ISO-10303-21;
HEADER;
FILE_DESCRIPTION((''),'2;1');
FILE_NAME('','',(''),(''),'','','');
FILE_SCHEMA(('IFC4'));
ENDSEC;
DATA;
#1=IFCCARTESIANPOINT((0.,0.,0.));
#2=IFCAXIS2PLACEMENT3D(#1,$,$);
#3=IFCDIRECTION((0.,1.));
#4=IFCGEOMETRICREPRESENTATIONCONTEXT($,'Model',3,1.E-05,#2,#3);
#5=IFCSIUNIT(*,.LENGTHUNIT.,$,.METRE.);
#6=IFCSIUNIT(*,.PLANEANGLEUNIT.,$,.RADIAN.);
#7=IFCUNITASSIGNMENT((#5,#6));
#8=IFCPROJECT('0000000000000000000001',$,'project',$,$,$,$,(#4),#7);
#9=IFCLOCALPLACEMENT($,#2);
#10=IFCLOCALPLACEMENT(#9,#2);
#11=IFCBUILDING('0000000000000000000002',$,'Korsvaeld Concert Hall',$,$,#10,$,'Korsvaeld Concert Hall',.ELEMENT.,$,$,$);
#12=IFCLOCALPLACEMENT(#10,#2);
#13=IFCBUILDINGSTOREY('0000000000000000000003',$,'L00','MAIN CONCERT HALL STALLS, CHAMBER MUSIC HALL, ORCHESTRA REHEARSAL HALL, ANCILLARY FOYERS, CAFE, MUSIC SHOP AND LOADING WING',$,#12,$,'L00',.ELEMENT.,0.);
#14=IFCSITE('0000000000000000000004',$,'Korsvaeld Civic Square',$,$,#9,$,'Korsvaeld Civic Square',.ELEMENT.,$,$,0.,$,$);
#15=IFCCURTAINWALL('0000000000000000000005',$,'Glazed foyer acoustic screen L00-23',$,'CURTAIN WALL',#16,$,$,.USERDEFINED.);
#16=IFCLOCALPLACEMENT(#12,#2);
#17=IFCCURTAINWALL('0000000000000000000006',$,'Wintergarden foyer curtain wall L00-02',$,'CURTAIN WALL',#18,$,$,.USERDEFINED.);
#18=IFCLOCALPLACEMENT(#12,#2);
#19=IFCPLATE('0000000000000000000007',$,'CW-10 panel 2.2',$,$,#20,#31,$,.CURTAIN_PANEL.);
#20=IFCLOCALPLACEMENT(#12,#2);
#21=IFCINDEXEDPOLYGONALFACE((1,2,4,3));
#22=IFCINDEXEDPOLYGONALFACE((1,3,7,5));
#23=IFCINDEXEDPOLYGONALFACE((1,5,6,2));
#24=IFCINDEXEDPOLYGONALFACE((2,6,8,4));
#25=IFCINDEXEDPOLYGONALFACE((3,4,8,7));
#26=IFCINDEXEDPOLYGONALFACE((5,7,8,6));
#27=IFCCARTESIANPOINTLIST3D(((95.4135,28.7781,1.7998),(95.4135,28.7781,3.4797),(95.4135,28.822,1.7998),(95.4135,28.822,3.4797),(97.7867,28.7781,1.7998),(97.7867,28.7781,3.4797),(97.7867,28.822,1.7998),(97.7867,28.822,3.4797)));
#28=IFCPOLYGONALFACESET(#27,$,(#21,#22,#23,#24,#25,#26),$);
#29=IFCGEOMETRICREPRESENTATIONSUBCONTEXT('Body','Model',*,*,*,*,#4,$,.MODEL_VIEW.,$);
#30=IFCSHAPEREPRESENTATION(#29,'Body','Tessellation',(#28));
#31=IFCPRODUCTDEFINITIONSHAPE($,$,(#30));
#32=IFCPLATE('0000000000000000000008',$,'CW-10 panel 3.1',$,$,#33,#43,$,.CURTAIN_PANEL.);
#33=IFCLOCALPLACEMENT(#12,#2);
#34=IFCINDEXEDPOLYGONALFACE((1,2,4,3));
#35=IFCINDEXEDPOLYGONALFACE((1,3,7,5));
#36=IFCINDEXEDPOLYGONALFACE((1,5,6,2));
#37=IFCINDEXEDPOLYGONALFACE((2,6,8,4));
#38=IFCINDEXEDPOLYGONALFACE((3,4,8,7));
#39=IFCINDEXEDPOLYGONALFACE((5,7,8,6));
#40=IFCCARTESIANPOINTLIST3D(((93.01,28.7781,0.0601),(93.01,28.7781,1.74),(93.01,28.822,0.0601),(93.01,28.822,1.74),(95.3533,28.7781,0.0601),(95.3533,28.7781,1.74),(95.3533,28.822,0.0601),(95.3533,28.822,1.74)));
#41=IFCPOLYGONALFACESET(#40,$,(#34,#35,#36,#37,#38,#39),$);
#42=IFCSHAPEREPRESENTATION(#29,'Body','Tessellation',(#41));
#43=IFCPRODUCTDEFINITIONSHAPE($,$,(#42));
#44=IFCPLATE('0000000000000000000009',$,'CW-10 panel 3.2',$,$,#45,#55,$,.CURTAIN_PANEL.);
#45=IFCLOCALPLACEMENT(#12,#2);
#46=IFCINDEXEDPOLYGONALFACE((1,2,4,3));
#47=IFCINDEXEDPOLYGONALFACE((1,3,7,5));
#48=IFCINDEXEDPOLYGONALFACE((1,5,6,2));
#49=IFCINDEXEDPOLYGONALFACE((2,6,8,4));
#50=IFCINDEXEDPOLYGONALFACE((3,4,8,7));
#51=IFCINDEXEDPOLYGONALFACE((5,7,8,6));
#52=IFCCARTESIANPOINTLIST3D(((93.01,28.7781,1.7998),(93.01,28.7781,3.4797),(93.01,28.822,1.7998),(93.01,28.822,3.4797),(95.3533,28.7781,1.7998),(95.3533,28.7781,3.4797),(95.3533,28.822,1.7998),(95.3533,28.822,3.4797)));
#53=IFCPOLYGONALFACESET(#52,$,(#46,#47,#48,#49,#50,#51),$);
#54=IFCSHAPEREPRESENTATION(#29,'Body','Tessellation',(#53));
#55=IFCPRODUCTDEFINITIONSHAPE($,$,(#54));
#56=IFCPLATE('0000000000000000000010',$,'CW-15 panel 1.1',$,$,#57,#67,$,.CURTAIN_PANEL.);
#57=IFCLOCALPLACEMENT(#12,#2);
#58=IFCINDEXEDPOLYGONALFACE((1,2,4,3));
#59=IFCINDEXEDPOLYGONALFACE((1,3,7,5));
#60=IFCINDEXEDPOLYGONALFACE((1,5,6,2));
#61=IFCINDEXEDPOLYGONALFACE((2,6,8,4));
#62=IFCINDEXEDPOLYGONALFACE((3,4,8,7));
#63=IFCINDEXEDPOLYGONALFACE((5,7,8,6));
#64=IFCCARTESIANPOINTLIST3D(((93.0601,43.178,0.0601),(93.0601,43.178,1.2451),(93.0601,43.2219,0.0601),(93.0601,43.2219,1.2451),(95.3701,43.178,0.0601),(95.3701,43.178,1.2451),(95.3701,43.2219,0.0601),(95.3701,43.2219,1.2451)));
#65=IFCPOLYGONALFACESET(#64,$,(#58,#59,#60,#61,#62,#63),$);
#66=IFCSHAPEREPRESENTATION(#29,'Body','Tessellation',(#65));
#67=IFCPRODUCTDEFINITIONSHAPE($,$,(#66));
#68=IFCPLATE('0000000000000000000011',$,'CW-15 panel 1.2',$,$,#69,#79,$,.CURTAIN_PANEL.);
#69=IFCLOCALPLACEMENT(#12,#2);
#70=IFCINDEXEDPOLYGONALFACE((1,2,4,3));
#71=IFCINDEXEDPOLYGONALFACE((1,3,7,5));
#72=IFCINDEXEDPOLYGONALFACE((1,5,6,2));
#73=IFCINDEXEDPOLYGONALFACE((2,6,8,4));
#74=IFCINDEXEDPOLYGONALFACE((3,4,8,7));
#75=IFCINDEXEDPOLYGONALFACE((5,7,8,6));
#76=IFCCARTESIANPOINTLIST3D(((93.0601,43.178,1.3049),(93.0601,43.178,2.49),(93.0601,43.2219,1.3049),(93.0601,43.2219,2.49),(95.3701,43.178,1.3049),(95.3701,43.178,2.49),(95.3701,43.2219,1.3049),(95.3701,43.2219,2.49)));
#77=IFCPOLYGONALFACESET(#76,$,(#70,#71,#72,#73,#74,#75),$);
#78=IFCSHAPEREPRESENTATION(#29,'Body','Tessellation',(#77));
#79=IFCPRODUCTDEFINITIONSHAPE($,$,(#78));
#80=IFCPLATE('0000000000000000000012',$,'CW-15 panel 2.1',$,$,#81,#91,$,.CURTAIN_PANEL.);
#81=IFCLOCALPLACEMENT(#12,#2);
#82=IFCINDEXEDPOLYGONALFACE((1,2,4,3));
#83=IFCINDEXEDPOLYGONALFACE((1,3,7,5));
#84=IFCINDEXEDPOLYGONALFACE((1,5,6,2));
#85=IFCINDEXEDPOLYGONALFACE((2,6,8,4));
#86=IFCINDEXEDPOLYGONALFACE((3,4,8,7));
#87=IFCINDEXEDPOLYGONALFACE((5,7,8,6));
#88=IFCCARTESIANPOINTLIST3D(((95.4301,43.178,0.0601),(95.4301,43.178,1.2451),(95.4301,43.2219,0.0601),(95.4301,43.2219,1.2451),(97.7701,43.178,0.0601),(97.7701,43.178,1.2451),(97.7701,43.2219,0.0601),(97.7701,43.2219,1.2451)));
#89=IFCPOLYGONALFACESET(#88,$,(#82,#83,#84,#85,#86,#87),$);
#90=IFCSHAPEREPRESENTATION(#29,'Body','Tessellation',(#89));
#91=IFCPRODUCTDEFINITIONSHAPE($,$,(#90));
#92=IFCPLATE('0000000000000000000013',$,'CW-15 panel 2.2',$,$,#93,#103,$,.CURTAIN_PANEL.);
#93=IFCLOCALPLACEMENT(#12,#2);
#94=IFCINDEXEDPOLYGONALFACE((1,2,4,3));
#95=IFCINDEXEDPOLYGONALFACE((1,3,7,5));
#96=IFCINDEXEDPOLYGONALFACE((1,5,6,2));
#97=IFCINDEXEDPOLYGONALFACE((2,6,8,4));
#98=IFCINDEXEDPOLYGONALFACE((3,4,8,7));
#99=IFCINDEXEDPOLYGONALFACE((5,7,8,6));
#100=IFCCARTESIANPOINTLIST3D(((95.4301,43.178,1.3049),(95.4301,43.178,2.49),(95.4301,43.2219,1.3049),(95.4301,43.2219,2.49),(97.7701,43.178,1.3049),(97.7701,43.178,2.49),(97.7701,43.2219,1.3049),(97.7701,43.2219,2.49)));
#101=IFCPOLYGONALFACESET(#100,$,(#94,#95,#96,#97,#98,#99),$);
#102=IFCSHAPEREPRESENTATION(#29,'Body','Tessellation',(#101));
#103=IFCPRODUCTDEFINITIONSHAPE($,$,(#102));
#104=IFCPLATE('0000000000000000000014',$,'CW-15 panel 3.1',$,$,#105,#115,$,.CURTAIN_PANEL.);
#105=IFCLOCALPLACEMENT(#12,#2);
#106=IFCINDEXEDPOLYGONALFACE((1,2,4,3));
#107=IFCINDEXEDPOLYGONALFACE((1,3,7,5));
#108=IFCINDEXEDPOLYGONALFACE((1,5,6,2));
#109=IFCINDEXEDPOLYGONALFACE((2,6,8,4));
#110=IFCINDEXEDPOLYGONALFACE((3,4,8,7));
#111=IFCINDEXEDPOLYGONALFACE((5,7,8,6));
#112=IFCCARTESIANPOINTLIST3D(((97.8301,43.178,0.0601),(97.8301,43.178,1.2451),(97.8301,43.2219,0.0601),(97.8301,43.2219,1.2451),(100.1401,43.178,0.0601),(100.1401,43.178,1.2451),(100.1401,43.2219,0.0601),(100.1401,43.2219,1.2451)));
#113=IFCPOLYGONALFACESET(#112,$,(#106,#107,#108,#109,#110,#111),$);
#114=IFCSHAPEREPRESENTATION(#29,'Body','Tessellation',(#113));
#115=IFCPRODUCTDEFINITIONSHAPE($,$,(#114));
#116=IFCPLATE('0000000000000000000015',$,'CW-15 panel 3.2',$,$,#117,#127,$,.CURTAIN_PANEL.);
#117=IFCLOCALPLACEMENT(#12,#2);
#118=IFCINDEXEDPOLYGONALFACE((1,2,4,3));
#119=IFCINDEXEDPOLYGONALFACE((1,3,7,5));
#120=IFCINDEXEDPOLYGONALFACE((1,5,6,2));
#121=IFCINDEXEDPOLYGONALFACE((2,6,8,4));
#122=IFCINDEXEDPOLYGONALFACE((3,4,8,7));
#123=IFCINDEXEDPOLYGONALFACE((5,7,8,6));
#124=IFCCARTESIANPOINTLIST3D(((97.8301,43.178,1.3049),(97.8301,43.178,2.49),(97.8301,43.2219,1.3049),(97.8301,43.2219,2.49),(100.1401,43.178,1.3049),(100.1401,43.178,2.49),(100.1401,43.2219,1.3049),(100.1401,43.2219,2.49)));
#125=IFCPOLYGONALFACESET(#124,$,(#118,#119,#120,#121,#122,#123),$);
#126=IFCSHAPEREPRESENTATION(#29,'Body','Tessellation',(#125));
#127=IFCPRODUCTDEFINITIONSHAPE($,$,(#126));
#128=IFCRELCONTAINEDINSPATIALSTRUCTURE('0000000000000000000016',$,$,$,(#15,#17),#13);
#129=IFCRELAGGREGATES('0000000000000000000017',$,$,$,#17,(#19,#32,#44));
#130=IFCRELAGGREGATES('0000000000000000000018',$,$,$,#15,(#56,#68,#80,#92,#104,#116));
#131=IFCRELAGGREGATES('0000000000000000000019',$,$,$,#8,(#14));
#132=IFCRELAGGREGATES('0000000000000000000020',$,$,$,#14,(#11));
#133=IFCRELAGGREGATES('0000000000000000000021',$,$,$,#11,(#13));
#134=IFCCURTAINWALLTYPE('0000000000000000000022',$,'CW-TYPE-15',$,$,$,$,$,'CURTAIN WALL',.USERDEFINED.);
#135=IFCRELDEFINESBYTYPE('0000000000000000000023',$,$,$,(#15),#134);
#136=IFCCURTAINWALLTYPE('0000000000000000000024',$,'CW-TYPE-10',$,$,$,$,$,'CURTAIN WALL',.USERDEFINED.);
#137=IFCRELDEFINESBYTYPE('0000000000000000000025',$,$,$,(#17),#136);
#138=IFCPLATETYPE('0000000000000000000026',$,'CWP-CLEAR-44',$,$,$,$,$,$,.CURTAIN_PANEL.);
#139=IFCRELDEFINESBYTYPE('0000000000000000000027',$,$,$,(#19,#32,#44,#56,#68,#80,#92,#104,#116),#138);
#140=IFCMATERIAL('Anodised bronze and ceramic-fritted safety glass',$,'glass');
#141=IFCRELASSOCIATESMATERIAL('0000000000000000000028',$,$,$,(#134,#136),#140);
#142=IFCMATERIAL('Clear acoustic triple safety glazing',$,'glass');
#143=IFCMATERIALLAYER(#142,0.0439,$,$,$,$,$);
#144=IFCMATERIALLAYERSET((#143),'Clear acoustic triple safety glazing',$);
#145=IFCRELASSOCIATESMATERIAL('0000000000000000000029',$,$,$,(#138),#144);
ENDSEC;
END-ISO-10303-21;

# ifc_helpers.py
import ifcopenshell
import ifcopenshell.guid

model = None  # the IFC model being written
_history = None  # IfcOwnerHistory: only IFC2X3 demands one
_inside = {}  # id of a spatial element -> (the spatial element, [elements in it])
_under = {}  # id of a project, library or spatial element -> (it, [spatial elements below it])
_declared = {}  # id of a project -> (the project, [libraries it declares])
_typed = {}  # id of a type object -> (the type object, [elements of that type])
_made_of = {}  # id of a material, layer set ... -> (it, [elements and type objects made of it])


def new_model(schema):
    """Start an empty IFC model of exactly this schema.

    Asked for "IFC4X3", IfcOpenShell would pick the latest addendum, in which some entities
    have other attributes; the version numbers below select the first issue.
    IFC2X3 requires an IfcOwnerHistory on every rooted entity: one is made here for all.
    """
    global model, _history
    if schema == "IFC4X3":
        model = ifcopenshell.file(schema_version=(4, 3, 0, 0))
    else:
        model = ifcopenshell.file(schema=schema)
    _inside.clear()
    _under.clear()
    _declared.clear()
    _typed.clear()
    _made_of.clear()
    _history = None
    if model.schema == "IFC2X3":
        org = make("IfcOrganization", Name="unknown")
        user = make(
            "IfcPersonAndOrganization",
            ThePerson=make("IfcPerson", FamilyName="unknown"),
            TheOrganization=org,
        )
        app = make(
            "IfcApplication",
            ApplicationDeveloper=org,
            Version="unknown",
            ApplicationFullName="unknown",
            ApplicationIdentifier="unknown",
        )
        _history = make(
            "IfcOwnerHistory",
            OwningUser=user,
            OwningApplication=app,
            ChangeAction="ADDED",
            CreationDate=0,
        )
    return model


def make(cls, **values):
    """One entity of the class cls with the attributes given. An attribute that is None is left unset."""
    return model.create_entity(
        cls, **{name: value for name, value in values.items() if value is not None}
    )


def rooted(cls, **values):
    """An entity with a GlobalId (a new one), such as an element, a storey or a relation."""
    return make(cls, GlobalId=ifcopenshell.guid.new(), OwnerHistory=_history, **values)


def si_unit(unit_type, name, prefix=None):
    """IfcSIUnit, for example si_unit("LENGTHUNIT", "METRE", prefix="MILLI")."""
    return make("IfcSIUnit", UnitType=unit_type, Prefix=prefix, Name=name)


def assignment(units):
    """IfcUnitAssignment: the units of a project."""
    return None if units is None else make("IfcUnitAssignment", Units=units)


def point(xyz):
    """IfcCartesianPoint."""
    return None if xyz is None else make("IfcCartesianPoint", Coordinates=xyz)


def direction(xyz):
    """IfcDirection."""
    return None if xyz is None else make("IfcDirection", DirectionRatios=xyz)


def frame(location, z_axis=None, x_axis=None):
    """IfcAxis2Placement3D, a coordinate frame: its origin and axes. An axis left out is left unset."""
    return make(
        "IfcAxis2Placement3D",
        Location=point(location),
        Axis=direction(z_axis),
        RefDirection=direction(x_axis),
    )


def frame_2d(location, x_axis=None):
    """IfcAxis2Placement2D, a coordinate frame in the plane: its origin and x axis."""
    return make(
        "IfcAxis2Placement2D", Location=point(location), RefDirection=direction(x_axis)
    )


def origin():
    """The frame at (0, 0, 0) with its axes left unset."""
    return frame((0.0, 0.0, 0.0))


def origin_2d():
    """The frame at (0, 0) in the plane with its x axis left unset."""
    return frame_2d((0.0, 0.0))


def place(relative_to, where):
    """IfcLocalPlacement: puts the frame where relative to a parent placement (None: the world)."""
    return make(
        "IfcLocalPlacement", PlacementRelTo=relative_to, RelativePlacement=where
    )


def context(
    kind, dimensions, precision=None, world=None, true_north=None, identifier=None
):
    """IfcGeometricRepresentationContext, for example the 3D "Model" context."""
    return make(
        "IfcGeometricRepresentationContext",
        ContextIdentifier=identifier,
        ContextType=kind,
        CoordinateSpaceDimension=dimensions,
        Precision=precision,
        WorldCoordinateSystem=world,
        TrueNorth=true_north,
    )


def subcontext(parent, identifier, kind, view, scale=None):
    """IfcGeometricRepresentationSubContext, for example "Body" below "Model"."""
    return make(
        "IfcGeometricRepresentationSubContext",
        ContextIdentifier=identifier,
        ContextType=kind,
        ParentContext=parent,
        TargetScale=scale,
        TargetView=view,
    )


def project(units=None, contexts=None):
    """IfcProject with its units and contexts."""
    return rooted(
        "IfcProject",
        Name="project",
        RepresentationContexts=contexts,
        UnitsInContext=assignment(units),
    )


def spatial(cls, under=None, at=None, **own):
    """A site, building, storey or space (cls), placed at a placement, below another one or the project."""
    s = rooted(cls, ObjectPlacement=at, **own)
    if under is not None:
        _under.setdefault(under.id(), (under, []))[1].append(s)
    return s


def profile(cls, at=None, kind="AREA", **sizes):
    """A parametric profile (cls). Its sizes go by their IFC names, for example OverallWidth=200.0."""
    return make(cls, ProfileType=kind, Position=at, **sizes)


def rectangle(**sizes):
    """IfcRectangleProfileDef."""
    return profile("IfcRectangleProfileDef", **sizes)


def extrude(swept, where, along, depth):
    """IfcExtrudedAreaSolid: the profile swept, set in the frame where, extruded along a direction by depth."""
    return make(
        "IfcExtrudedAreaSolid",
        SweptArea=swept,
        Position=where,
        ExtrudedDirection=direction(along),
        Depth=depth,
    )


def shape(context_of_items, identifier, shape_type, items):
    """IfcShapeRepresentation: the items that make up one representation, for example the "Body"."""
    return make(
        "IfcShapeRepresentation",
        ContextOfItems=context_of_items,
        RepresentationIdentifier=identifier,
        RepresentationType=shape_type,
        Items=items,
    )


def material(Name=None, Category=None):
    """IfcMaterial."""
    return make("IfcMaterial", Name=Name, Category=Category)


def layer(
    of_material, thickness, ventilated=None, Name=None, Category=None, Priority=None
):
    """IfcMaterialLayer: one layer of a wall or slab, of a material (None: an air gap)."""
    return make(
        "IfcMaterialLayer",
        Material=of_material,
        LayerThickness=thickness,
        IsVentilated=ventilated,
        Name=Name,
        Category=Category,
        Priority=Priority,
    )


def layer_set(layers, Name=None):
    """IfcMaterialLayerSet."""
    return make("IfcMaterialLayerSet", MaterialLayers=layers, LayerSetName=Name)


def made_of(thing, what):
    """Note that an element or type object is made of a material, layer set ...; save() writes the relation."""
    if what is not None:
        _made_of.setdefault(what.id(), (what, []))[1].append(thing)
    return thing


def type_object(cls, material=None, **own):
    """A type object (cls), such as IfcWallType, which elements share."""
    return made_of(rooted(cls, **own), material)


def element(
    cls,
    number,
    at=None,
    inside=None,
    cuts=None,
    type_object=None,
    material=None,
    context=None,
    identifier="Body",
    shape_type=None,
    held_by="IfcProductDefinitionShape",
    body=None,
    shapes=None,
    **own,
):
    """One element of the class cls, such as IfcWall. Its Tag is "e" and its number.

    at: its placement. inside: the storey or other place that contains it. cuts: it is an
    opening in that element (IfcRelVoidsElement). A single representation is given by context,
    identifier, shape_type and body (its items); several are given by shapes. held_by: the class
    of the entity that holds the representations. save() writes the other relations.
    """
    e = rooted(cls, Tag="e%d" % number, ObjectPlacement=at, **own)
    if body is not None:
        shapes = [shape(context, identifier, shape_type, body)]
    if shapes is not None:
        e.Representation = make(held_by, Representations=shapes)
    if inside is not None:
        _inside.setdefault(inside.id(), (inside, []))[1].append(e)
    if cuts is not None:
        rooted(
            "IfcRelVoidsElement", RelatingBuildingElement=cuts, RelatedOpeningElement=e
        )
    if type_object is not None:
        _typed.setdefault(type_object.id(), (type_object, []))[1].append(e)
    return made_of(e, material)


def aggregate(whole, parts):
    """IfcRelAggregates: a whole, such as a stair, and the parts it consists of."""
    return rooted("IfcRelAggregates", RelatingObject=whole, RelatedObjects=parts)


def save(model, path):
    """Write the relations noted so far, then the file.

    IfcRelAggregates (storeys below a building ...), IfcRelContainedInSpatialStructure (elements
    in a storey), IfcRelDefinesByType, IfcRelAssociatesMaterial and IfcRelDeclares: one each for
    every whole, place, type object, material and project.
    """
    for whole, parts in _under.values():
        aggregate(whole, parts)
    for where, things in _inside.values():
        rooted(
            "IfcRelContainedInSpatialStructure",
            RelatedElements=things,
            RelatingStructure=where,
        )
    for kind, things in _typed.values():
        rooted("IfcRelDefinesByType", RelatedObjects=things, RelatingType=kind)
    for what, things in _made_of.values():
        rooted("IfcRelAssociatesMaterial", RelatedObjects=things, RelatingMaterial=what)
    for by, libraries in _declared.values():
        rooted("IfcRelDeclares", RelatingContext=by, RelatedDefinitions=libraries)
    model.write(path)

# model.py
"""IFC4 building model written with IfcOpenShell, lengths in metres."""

from ifc_helpers import new_model, si_unit, direction, frame, origin, origin_2d, place, context, subcontext, project, spatial, rectangle, extrude, material, layer, layer_set, type_object, element, aggregate, save


model = new_model("IFC4")

# Units and contexts
model_context = context("Model", 3, precision=1e-05, world=origin(), true_north=direction((0.0, 1.0)))
body_context = subcontext(model_context, "Body", "Model", "MODEL_VIEW")
ifc_project = project(units=[si_unit("LENGTHUNIT", "METRE"), si_unit("PLANEANGLEUNIT", "RADIAN")], contexts=[model_context])

# Site, building, storey
site_placement = place(None, origin())
site = spatial("IfcSite", under=ifc_project, at=site_placement, Name="Korsvaeld Civic Square", LongName="Korsvaeld Civic Square", CompositionType="ELEMENT", RefElevation=0.0)
building_placement = place(site_placement, origin())
building = spatial("IfcBuilding", under=site, at=building_placement, Name="Korsvaeld Concert Hall", LongName="Korsvaeld Concert Hall", CompositionType="ELEMENT")
storey_placement = place(building_placement, origin())
storey = spatial("IfcBuildingStorey", under=building, at=storey_placement, Name="L00", Description="MAIN CONCERT HALL STALLS, CHAMBER MUSIC HALL, ORCHESTRA REHEARSAL HALL, ANCILLARY FOYERS, CAFE, MUSIC SHOP AND LOADING WING", LongName="L00", CompositionType="ELEMENT", Elevation=0.0)

# Curtain walls
ifc_material_1 = material(Name="Anodised bronze and ceramic-fritted safety glass", Category="glass")
curtain_wall_type_1 = type_object("IfcCurtainWallType", Name="CW-TYPE-15", ElementType="CURTAIN WALL", PredefinedType="USERDEFINED", material=ifc_material_1)
curtain_wall_1_placement = place(storey_placement, origin())
curtain_wall_1 = element("IfcCurtainWall", 1, at=curtain_wall_1_placement, inside=storey, type_object=curtain_wall_type_1, Name="Glazed foyer acoustic screen L00-23", ObjectType="CURTAIN WALL", PredefinedType="USERDEFINED")
curtain_wall_type_2 = type_object("IfcCurtainWallType", Name="CW-TYPE-10", ElementType="CURTAIN WALL", PredefinedType="USERDEFINED", material=ifc_material_1)
curtain_wall_2_placement = place(storey_placement, origin())
curtain_wall_2 = element("IfcCurtainWall", 2, at=curtain_wall_2_placement, inside=storey, type_object=curtain_wall_type_2, Name="Wintergarden foyer curtain wall L00-02", ObjectType="CURTAIN WALL", PredefinedType="USERDEFINED")

# Plates
ifc_material_2 = material(Name="Clear acoustic triple safety glazing", Category="glass")
ifc_layer = layer(ifc_material_2, 0.0439)
ifc_layer_set = layer_set([ifc_layer], Name="Clear acoustic triple safety glazing")
plate_type = type_object("IfcPlateType", Name="CWP-CLEAR-44", PredefinedType="CURTAIN_PANEL", material=ifc_layer_set)
plate_1_placement = place(storey_placement, frame((96.6001, 28.8, 1.7998), z_axis=(0.0, 0.0, 1.0), x_axis=(-1.0, 0.0, 0.0)))
plate_1 = element("IfcPlate", 3, at=plate_1_placement, type_object=plate_type, Name="CW-10 panel 2.2", PredefinedType="CURTAIN_PANEL", context=body_context, shape_type="SweptSolid", body=[
    extrude(rectangle(XDim=2.3733, YDim=0.0439, at=origin_2d()), origin(), (0.0, 0.0, 1.0), 1.6799),
])
plate_2_placement = place(storey_placement, frame((94.1816, 28.8, 0.0601), z_axis=(0.0, 0.0, 1.0), x_axis=(-1.0, 0.0, 0.0)))
plate_2 = element("IfcPlate", 4, at=plate_2_placement, type_object=plate_type, Name="CW-10 panel 3.1", PredefinedType="CURTAIN_PANEL", context=body_context, shape_type="SweptSolid", body=[
    extrude(rectangle(XDim=2.3433, YDim=0.0439, at=origin_2d()), origin(), (0.0, 0.0, 1.0), 1.6799),
])
plate_3_placement = place(storey_placement, frame((94.1816, 28.8, 1.7998), z_axis=(0.0, 0.0, 1.0), x_axis=(-1.0, 0.0, 0.0)))
plate_3 = element("IfcPlate", 5, at=plate_3_placement, type_object=plate_type, Name="CW-10 panel 3.2", PredefinedType="CURTAIN_PANEL", context=body_context, shape_type="SweptSolid", body=[
    extrude(rectangle(XDim=2.3433, YDim=0.0439, at=origin_2d()), origin(), (0.0, 0.0, 1.0), 1.6799),
])
aggregate(curtain_wall_2, [plate_1, plate_2, plate_3])
plate_4_placement = place(storey_placement, frame((94.2151, 43.2, 0.0601), z_axis=(0.0, 0.0, 1.0), x_axis=(1.0, 0.0, 0.0)))
plate_4 = element("IfcPlate", 6, at=plate_4_placement, type_object=plate_type, Name="CW-15 panel 1.1", PredefinedType="CURTAIN_PANEL", context=body_context, shape_type="SweptSolid", body=[
    extrude(rectangle(XDim=2.3101, YDim=0.0439, at=origin_2d()), origin(), (0.0, 0.0, 1.0), 1.1851),
])
plate_5_placement = place(storey_placement, frame((94.2151, 43.2, 1.3049), z_axis=(0.0, 0.0, 1.0), x_axis=(1.0, 0.0, 0.0)))
plate_5 = element("IfcPlate", 7, at=plate_5_placement, type_object=plate_type, Name="CW-15 panel 1.2", PredefinedType="CURTAIN_PANEL", context=body_context, shape_type="SweptSolid", body=[
    extrude(rectangle(XDim=2.3101, YDim=0.0439, at=origin_2d()), origin(), (0.0, 0.0, 1.0), 1.1851),
])
plate_6_placement = place(storey_placement, frame((96.6001, 43.2, 0.0601), z_axis=(0.0, 0.0, 1.0), x_axis=(1.0, 0.0, 0.0)))
plate_6 = element("IfcPlate", 8, at=plate_6_placement, type_object=plate_type, Name="CW-15 panel 2.1", PredefinedType="CURTAIN_PANEL", context=body_context, shape_type="SweptSolid", body=[
    extrude(rectangle(XDim=2.3401, YDim=0.0439, at=origin_2d()), origin(), (0.0, 0.0, 1.0), 1.1851),
])
plate_7_placement = place(storey_placement, frame((96.6001, 43.2, 1.3049), z_axis=(0.0, 0.0, 1.0), x_axis=(1.0, 0.0, 0.0)))
plate_7 = element("IfcPlate", 9, at=plate_7_placement, type_object=plate_type, Name="CW-15 panel 2.2", PredefinedType="CURTAIN_PANEL", context=body_context, shape_type="SweptSolid", body=[
    extrude(rectangle(XDim=2.3401, YDim=0.0439, at=origin_2d()), origin(), (0.0, 0.0, 1.0), 1.1851),
])
plate_8_placement = place(storey_placement, frame((98.9851, 43.2, 0.0601), z_axis=(0.0, 0.0, 1.0), x_axis=(1.0, 0.0, 0.0)))
plate_8 = element("IfcPlate", 10, at=plate_8_placement, type_object=plate_type, Name="CW-15 panel 3.1", PredefinedType="CURTAIN_PANEL", context=body_context, shape_type="SweptSolid", body=[
    extrude(rectangle(XDim=2.3101, YDim=0.0439, at=origin_2d()), origin(), (0.0, 0.0, 1.0), 1.1851),
])
plate_9_placement = place(storey_placement, frame((98.9851, 43.2, 1.3049), z_axis=(0.0, 0.0, 1.0), x_axis=(1.0, 0.0, 0.0)))
plate_9 = element("IfcPlate", 11, at=plate_9_placement, type_object=plate_type, Name="CW-15 panel 3.2", PredefinedType="CURTAIN_PANEL", context=body_context, shape_type="SweptSolid", body=[
    extrude(rectangle(XDim=2.3101, YDim=0.0439, at=origin_2d()), origin(), (0.0, 0.0, 1.0), 1.1851),
])
aggregate(curtain_wall_1, [plate_4, plate_5, plate_6, plate_7, plate_8, plate_9])

save(model, "model.ifc")
